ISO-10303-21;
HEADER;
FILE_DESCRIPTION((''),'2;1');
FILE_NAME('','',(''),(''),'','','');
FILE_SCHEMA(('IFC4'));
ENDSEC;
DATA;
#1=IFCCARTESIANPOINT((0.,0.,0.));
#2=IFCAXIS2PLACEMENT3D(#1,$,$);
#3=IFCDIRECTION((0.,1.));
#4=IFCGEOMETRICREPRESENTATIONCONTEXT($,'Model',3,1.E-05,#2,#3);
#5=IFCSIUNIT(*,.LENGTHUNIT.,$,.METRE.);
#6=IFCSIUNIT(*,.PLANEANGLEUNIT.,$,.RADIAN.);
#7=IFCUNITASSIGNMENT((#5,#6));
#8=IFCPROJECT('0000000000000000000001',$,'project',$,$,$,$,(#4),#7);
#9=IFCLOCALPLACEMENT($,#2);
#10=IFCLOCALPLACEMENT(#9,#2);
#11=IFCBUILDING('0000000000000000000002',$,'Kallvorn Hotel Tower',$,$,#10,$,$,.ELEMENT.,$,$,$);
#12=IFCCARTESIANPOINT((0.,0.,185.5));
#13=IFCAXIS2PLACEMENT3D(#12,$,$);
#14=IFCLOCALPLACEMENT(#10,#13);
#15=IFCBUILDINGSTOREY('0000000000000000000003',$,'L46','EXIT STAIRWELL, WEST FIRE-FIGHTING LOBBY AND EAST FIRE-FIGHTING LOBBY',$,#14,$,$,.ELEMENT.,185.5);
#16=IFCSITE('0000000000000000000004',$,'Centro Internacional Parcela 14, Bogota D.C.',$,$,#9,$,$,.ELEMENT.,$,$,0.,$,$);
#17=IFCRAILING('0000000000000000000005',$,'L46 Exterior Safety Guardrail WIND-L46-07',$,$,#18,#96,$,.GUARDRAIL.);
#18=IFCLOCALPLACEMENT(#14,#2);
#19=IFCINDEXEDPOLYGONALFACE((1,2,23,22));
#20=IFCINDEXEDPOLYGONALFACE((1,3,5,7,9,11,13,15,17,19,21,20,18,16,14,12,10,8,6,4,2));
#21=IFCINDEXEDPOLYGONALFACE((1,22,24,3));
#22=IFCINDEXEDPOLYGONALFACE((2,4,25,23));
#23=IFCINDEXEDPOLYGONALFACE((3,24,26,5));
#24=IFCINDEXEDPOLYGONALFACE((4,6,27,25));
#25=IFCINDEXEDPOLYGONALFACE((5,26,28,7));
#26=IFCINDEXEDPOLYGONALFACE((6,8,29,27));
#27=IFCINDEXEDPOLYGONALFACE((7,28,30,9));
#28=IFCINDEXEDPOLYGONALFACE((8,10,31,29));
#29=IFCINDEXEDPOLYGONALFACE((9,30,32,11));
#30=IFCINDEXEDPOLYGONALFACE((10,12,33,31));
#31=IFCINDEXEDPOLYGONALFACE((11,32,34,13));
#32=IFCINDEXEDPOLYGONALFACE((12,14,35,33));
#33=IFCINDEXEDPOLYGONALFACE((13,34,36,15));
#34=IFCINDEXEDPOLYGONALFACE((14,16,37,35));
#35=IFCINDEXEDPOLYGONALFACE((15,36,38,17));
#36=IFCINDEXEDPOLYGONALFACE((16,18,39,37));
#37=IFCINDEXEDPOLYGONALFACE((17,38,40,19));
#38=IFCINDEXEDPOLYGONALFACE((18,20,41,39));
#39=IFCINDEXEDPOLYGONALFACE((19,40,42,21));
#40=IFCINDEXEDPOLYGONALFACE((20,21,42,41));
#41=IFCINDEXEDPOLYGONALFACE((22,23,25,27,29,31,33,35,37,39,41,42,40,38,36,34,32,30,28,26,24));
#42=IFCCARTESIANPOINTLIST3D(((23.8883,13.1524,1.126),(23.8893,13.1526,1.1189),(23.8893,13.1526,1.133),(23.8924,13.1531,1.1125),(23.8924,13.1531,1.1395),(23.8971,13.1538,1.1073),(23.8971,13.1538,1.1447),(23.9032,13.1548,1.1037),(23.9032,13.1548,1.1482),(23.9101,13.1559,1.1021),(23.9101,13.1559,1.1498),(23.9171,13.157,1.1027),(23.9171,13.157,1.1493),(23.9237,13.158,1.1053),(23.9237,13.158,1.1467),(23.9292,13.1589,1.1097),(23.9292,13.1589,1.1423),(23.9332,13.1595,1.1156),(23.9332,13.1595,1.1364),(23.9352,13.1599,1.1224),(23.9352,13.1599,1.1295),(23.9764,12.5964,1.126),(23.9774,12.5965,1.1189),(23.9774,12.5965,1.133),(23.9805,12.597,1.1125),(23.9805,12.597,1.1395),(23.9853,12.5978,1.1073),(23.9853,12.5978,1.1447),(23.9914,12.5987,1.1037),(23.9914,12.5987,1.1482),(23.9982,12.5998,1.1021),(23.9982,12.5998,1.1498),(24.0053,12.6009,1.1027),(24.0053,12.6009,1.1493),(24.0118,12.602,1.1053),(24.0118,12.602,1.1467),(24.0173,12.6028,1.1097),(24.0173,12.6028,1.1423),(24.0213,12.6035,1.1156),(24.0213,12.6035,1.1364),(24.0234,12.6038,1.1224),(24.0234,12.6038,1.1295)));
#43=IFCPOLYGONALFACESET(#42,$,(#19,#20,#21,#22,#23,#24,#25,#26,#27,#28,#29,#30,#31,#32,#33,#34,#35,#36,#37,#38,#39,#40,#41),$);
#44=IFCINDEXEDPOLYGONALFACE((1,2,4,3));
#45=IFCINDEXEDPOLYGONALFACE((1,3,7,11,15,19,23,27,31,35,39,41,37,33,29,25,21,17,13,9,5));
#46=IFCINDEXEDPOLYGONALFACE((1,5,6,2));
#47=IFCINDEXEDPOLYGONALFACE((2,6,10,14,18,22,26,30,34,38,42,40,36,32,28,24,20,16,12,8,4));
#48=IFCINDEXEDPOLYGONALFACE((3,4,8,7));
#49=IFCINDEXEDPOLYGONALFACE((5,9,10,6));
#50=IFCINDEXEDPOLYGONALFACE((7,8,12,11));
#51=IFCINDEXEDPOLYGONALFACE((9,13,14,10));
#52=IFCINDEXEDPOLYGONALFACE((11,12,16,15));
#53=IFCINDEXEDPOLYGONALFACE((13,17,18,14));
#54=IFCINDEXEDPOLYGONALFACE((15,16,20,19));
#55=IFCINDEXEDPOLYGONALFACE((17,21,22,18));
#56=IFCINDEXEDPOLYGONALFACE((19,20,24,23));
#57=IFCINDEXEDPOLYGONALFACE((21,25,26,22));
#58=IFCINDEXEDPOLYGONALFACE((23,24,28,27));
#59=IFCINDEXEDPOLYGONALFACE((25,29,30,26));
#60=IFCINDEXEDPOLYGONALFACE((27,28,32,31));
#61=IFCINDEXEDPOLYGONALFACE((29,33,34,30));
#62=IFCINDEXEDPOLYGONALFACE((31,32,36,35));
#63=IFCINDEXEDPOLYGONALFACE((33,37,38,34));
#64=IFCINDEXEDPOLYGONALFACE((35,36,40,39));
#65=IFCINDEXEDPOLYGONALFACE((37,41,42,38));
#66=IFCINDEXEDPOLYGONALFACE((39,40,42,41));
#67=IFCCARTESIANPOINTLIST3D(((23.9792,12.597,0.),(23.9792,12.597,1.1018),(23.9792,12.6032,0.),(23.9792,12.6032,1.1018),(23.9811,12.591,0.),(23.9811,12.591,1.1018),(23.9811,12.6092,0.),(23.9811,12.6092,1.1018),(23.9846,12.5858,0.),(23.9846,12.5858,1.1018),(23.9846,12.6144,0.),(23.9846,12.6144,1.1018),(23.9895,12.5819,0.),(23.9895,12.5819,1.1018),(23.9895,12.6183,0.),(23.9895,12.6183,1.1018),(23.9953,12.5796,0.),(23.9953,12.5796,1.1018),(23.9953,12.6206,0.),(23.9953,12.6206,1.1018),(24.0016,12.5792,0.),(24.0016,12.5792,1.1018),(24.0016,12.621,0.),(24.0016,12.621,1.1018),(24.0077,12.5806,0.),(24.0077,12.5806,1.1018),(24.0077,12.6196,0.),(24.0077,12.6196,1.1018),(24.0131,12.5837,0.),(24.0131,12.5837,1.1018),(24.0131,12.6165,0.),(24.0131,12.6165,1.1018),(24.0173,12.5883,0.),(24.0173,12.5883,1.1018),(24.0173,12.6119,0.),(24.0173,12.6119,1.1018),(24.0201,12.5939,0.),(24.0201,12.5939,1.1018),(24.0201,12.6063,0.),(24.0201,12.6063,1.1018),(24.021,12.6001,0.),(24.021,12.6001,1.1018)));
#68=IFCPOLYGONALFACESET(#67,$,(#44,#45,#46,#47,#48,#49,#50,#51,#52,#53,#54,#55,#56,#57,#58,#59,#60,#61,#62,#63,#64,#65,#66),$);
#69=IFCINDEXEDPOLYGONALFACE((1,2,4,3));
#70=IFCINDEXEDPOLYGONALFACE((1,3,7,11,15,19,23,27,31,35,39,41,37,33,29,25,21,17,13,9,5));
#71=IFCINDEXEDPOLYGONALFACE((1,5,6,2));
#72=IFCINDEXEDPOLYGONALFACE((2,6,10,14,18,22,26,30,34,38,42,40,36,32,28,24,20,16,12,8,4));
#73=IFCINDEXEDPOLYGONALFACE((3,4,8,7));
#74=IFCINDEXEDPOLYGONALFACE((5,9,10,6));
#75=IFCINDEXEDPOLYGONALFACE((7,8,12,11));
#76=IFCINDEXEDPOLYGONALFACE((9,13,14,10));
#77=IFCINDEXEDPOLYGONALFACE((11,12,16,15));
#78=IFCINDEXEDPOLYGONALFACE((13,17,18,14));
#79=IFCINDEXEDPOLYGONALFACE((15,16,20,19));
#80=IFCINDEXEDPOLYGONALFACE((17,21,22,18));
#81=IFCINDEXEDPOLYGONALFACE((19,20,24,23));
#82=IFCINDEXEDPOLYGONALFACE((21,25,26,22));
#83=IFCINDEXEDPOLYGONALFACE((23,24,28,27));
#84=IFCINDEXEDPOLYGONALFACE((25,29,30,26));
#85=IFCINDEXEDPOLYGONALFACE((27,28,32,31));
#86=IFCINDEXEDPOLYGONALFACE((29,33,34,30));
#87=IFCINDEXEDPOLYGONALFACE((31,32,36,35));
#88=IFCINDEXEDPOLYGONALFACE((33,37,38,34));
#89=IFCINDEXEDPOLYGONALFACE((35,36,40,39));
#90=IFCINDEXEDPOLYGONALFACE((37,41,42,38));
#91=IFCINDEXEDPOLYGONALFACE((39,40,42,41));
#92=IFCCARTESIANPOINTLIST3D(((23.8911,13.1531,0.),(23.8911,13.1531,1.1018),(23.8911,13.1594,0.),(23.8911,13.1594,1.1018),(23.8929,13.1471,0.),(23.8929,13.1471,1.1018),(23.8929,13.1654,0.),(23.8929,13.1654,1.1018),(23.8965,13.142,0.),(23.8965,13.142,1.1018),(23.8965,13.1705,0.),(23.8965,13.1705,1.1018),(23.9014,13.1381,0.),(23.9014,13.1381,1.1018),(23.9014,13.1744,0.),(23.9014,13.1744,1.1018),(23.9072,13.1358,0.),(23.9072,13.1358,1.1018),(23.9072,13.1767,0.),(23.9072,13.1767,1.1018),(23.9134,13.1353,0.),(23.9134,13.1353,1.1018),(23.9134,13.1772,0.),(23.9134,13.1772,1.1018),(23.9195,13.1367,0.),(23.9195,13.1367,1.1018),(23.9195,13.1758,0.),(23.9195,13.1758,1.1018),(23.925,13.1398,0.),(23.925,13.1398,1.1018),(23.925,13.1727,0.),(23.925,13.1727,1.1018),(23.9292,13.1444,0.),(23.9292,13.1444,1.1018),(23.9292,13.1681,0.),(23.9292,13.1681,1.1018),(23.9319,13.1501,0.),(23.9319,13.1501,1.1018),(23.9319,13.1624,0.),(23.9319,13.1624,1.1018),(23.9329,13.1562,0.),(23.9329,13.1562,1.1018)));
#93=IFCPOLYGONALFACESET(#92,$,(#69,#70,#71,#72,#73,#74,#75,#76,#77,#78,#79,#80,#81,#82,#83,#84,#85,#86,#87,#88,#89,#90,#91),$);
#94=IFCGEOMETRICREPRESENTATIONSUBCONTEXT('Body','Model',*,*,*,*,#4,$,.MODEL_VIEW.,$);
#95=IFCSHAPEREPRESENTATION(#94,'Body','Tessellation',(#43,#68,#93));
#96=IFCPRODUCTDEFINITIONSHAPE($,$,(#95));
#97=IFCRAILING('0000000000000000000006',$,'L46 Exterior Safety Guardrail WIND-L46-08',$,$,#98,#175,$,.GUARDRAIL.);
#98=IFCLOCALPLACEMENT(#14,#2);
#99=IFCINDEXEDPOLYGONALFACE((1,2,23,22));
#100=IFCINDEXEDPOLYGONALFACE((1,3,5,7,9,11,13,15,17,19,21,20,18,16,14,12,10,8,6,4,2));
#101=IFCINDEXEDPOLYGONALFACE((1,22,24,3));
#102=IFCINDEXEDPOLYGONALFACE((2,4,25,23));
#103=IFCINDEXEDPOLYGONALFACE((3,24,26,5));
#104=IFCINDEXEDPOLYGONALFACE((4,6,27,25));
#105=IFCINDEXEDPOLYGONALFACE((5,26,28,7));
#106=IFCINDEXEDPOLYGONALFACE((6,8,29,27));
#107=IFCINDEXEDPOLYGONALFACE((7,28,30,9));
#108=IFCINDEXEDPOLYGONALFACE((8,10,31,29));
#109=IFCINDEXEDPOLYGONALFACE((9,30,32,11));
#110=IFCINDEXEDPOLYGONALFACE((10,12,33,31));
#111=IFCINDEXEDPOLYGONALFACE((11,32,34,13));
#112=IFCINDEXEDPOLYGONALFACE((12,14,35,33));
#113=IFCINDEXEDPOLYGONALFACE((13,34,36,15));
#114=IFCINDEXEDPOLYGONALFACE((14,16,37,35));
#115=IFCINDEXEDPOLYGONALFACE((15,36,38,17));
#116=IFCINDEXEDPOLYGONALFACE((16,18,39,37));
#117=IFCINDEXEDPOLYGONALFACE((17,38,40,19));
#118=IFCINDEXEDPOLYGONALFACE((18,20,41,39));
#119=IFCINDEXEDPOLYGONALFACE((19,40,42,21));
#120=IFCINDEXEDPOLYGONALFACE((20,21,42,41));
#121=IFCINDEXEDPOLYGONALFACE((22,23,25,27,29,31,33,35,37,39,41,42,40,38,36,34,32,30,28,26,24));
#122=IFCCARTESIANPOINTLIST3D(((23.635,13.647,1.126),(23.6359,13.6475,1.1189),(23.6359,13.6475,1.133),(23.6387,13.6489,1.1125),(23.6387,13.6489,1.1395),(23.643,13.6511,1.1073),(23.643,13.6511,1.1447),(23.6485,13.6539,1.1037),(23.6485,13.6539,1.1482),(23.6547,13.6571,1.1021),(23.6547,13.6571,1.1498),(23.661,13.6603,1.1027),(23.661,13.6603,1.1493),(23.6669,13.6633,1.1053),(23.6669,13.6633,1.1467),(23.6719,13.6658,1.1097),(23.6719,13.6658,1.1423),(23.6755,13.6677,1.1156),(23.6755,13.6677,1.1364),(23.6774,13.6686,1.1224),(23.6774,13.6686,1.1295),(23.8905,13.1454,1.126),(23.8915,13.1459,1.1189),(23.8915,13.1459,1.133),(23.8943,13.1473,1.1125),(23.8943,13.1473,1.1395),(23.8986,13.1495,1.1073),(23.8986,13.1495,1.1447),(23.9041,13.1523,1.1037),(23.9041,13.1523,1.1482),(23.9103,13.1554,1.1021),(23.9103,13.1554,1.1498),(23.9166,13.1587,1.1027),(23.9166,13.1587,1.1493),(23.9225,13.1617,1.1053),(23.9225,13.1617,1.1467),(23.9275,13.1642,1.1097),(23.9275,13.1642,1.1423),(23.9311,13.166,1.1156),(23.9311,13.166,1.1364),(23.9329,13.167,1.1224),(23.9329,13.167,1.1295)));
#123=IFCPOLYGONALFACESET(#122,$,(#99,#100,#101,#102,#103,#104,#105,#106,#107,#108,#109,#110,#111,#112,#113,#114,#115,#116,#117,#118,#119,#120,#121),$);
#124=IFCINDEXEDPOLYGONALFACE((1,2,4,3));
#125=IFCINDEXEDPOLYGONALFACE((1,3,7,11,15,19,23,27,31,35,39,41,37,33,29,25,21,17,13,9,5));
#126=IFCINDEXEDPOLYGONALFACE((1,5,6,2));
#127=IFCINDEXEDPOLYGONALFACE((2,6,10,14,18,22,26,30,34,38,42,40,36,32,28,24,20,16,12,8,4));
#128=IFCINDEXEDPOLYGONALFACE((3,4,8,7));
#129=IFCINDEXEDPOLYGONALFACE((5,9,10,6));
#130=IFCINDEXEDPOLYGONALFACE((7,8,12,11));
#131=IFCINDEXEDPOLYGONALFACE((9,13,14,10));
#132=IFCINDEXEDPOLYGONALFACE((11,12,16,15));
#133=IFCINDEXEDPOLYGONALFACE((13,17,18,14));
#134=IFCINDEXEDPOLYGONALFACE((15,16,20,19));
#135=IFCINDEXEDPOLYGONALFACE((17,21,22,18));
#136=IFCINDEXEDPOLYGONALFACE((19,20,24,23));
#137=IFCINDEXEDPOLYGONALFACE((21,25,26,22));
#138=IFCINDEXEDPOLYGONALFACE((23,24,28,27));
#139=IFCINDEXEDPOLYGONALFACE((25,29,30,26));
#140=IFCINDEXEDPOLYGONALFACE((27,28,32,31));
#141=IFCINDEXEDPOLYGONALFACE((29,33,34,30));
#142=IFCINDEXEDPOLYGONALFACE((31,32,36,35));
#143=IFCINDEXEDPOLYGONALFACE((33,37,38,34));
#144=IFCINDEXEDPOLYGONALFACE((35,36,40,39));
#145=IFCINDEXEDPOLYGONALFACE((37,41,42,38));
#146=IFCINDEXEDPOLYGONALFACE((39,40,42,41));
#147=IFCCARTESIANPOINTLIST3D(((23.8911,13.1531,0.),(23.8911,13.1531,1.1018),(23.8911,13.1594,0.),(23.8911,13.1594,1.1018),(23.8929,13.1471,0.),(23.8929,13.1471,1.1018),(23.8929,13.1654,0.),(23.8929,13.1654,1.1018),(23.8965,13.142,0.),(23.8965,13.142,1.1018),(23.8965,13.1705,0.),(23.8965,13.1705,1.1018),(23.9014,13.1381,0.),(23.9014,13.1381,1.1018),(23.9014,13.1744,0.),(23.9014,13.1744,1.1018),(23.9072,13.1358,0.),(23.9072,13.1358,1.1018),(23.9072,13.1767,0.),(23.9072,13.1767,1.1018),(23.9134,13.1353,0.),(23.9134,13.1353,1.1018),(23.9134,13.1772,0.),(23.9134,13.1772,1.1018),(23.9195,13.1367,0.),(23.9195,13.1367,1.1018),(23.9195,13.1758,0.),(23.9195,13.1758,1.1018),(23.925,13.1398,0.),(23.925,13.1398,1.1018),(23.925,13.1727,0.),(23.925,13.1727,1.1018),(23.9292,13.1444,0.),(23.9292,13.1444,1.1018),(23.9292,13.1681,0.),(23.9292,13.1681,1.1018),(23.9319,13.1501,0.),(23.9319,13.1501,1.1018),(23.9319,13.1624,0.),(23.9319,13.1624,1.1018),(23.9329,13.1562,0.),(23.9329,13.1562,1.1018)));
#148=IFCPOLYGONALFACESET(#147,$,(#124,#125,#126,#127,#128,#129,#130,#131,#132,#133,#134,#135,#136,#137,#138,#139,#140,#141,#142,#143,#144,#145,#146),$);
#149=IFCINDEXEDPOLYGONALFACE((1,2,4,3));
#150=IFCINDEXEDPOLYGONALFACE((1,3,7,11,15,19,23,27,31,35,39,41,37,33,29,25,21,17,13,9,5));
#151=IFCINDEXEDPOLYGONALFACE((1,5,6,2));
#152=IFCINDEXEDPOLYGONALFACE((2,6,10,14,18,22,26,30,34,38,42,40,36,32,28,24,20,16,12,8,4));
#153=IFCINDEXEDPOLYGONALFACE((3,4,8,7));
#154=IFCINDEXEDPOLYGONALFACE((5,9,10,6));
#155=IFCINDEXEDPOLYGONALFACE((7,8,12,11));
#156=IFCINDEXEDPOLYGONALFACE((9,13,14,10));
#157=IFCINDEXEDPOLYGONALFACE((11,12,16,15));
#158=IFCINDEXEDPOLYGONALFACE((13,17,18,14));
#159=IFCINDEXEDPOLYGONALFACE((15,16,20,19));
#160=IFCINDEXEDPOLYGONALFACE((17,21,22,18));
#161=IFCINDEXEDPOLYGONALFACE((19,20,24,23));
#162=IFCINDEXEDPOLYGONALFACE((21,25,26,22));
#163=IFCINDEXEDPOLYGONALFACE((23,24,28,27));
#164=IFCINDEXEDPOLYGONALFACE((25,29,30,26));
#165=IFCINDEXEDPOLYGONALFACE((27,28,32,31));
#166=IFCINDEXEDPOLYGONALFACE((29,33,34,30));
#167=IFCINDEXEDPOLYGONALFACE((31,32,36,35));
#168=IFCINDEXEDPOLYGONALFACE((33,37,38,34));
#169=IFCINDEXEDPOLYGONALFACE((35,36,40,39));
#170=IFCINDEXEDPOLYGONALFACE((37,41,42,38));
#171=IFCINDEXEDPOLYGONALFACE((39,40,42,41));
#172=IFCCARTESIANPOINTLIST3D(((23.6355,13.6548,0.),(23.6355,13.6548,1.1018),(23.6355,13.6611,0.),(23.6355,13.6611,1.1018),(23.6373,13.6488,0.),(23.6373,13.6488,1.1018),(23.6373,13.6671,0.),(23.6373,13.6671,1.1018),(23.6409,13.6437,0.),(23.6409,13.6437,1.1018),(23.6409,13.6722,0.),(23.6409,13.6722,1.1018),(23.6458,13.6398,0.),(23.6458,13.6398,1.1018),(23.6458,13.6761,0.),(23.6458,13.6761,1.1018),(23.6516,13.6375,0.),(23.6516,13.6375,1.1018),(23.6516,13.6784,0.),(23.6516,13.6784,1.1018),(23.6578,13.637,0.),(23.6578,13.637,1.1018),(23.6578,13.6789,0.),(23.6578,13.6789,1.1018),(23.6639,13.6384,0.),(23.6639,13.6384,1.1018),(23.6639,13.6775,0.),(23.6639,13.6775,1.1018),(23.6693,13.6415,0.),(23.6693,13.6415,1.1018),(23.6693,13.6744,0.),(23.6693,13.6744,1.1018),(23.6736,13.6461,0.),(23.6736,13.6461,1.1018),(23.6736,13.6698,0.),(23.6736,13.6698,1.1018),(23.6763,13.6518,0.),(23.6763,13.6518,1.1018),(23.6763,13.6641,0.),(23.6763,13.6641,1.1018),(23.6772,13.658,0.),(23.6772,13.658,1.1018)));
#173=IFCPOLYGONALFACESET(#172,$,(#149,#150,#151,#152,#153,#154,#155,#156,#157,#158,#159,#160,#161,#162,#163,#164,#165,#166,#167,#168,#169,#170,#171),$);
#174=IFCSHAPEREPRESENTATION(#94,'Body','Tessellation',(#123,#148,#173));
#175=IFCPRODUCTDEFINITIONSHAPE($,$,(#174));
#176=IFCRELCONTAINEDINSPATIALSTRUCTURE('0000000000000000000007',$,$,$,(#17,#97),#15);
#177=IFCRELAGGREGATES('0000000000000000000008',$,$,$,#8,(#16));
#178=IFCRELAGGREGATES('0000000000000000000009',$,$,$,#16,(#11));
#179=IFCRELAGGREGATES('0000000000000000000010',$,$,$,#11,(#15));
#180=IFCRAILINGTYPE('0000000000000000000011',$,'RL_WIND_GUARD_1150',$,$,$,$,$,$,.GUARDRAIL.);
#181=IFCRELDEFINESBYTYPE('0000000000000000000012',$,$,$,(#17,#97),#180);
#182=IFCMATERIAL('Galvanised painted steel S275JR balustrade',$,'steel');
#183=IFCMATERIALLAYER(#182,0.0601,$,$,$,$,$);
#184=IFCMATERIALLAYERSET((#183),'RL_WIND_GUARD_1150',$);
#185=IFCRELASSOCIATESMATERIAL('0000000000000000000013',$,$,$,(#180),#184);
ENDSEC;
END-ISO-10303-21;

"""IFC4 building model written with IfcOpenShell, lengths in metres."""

from ifc_helpers import new_model, si_unit, direction, frame, origin, origin_2d, place, context, subcontext, project, spatial, circle, extrude, material, layer, layer_set, type_object, element, save


model = new_model("IFC4")

# Units and contexts
model_context = context("Model", 3, precision=1e-05, world=origin(), true_north=direction((0.0, 1.0)))
body_context = subcontext(model_context, "Body", "Model", "MODEL_VIEW")
ifc_project = project(units=[si_unit("LENGTHUNIT", "METRE"), si_unit("PLANEANGLEUNIT", "RADIAN")], contexts=[model_context])

# Site, building, storey
site_placement = place(None, origin())
site = spatial("IfcSite", under=ifc_project, at=site_placement, Name="Centro Internacional Parcela 14, Bogota D.C.", CompositionType="ELEMENT", RefElevation=0.0)
building_placement = place(site_placement, origin())
building = spatial("IfcBuilding", under=site, at=building_placement, Name="Kallvorn Hotel Tower", CompositionType="ELEMENT")
storey_placement = place(building_placement, frame((0.0, 0.0, 185.5)))
storey = spatial("IfcBuildingStorey", under=building, at=storey_placement, Name="L46", Description="EXIT STAIRWELL, WEST FIRE-FIGHTING LOBBY AND EAST FIRE-FIGHTING LOBBY", CompositionType="ELEMENT", Elevation=185.5)

# Railings
ifc_material_1 = material(Name="Galvanised painted steel S275JR balustrade", Category="steel")
ifc_layer_1 = layer(ifc_material_1, 0.0601)
ifc_layer_set_1 = layer_set([ifc_layer_1], Name="RL_WIND_GUARD_1150")
railing_type = type_object("IfcRailingType", Name="RL_WIND_GUARD_1150", PredefinedType="GUARDRAIL", material=ifc_layer_set_1)
railing_1_placement = place(storey_placement, frame((24.0, 12.6001, 0.0)))
element("IfcRailing", 1, at=railing_1_placement, inside=storey, type_object=railing_type, Name="L46 Exterior Safety Guardrail WIND-L46-07", PredefinedType="GUARDRAIL", context=body_context, shape_type="SweptSolid", body=[
    extrude(circle(Radius=0.0239, at=origin_2d()), frame((0.0, 0.0, 1.126), z_axis=(-0.156519, 0.987675, 0.0), x_axis=(-0.987675, -0.156519, 0.0)), (0.0, 0.0, 1.0), 0.563),
    extrude(circle(Radius=0.021, at=origin_2d()), origin(), (0.0, 0.0, 1.0), 1.1018),
    extrude(circle(Radius=0.021, at=origin_2d()), frame((-0.0881, 0.5562, 0.0)), (0.0, 0.0, 1.0), 1.1018),
])
railing_2_placement = place(storey_placement, frame((23.9119, 13.1562, 0.0)))
element("IfcRailing", 2, at=railing_2_placement, inside=storey, type_object=railing_type, Name="L46 Exterior Safety Guardrail WIND-L46-08", PredefinedType="GUARDRAIL", context=body_context, shape_type="SweptSolid", body=[
    extrude(circle(Radius=0.0239, at=origin_2d()), frame((0.0, 0.0, 1.126), z_axis=(-0.453965, 0.89102, 0.0), x_axis=(-0.89102, -0.453965, 0.0)), (0.0, 0.0, 1.0), 0.563),
    extrude(circle(Radius=0.021, at=origin_2d()), origin(), (0.0, 0.0, 1.0), 1.1018),
    extrude(circle(Radius=0.021, at=origin_2d()), frame((-0.2556, 0.5017, 0.0)), (0.0, 0.0, 1.0), 1.1018),
])

save(model, "model.ifc")
